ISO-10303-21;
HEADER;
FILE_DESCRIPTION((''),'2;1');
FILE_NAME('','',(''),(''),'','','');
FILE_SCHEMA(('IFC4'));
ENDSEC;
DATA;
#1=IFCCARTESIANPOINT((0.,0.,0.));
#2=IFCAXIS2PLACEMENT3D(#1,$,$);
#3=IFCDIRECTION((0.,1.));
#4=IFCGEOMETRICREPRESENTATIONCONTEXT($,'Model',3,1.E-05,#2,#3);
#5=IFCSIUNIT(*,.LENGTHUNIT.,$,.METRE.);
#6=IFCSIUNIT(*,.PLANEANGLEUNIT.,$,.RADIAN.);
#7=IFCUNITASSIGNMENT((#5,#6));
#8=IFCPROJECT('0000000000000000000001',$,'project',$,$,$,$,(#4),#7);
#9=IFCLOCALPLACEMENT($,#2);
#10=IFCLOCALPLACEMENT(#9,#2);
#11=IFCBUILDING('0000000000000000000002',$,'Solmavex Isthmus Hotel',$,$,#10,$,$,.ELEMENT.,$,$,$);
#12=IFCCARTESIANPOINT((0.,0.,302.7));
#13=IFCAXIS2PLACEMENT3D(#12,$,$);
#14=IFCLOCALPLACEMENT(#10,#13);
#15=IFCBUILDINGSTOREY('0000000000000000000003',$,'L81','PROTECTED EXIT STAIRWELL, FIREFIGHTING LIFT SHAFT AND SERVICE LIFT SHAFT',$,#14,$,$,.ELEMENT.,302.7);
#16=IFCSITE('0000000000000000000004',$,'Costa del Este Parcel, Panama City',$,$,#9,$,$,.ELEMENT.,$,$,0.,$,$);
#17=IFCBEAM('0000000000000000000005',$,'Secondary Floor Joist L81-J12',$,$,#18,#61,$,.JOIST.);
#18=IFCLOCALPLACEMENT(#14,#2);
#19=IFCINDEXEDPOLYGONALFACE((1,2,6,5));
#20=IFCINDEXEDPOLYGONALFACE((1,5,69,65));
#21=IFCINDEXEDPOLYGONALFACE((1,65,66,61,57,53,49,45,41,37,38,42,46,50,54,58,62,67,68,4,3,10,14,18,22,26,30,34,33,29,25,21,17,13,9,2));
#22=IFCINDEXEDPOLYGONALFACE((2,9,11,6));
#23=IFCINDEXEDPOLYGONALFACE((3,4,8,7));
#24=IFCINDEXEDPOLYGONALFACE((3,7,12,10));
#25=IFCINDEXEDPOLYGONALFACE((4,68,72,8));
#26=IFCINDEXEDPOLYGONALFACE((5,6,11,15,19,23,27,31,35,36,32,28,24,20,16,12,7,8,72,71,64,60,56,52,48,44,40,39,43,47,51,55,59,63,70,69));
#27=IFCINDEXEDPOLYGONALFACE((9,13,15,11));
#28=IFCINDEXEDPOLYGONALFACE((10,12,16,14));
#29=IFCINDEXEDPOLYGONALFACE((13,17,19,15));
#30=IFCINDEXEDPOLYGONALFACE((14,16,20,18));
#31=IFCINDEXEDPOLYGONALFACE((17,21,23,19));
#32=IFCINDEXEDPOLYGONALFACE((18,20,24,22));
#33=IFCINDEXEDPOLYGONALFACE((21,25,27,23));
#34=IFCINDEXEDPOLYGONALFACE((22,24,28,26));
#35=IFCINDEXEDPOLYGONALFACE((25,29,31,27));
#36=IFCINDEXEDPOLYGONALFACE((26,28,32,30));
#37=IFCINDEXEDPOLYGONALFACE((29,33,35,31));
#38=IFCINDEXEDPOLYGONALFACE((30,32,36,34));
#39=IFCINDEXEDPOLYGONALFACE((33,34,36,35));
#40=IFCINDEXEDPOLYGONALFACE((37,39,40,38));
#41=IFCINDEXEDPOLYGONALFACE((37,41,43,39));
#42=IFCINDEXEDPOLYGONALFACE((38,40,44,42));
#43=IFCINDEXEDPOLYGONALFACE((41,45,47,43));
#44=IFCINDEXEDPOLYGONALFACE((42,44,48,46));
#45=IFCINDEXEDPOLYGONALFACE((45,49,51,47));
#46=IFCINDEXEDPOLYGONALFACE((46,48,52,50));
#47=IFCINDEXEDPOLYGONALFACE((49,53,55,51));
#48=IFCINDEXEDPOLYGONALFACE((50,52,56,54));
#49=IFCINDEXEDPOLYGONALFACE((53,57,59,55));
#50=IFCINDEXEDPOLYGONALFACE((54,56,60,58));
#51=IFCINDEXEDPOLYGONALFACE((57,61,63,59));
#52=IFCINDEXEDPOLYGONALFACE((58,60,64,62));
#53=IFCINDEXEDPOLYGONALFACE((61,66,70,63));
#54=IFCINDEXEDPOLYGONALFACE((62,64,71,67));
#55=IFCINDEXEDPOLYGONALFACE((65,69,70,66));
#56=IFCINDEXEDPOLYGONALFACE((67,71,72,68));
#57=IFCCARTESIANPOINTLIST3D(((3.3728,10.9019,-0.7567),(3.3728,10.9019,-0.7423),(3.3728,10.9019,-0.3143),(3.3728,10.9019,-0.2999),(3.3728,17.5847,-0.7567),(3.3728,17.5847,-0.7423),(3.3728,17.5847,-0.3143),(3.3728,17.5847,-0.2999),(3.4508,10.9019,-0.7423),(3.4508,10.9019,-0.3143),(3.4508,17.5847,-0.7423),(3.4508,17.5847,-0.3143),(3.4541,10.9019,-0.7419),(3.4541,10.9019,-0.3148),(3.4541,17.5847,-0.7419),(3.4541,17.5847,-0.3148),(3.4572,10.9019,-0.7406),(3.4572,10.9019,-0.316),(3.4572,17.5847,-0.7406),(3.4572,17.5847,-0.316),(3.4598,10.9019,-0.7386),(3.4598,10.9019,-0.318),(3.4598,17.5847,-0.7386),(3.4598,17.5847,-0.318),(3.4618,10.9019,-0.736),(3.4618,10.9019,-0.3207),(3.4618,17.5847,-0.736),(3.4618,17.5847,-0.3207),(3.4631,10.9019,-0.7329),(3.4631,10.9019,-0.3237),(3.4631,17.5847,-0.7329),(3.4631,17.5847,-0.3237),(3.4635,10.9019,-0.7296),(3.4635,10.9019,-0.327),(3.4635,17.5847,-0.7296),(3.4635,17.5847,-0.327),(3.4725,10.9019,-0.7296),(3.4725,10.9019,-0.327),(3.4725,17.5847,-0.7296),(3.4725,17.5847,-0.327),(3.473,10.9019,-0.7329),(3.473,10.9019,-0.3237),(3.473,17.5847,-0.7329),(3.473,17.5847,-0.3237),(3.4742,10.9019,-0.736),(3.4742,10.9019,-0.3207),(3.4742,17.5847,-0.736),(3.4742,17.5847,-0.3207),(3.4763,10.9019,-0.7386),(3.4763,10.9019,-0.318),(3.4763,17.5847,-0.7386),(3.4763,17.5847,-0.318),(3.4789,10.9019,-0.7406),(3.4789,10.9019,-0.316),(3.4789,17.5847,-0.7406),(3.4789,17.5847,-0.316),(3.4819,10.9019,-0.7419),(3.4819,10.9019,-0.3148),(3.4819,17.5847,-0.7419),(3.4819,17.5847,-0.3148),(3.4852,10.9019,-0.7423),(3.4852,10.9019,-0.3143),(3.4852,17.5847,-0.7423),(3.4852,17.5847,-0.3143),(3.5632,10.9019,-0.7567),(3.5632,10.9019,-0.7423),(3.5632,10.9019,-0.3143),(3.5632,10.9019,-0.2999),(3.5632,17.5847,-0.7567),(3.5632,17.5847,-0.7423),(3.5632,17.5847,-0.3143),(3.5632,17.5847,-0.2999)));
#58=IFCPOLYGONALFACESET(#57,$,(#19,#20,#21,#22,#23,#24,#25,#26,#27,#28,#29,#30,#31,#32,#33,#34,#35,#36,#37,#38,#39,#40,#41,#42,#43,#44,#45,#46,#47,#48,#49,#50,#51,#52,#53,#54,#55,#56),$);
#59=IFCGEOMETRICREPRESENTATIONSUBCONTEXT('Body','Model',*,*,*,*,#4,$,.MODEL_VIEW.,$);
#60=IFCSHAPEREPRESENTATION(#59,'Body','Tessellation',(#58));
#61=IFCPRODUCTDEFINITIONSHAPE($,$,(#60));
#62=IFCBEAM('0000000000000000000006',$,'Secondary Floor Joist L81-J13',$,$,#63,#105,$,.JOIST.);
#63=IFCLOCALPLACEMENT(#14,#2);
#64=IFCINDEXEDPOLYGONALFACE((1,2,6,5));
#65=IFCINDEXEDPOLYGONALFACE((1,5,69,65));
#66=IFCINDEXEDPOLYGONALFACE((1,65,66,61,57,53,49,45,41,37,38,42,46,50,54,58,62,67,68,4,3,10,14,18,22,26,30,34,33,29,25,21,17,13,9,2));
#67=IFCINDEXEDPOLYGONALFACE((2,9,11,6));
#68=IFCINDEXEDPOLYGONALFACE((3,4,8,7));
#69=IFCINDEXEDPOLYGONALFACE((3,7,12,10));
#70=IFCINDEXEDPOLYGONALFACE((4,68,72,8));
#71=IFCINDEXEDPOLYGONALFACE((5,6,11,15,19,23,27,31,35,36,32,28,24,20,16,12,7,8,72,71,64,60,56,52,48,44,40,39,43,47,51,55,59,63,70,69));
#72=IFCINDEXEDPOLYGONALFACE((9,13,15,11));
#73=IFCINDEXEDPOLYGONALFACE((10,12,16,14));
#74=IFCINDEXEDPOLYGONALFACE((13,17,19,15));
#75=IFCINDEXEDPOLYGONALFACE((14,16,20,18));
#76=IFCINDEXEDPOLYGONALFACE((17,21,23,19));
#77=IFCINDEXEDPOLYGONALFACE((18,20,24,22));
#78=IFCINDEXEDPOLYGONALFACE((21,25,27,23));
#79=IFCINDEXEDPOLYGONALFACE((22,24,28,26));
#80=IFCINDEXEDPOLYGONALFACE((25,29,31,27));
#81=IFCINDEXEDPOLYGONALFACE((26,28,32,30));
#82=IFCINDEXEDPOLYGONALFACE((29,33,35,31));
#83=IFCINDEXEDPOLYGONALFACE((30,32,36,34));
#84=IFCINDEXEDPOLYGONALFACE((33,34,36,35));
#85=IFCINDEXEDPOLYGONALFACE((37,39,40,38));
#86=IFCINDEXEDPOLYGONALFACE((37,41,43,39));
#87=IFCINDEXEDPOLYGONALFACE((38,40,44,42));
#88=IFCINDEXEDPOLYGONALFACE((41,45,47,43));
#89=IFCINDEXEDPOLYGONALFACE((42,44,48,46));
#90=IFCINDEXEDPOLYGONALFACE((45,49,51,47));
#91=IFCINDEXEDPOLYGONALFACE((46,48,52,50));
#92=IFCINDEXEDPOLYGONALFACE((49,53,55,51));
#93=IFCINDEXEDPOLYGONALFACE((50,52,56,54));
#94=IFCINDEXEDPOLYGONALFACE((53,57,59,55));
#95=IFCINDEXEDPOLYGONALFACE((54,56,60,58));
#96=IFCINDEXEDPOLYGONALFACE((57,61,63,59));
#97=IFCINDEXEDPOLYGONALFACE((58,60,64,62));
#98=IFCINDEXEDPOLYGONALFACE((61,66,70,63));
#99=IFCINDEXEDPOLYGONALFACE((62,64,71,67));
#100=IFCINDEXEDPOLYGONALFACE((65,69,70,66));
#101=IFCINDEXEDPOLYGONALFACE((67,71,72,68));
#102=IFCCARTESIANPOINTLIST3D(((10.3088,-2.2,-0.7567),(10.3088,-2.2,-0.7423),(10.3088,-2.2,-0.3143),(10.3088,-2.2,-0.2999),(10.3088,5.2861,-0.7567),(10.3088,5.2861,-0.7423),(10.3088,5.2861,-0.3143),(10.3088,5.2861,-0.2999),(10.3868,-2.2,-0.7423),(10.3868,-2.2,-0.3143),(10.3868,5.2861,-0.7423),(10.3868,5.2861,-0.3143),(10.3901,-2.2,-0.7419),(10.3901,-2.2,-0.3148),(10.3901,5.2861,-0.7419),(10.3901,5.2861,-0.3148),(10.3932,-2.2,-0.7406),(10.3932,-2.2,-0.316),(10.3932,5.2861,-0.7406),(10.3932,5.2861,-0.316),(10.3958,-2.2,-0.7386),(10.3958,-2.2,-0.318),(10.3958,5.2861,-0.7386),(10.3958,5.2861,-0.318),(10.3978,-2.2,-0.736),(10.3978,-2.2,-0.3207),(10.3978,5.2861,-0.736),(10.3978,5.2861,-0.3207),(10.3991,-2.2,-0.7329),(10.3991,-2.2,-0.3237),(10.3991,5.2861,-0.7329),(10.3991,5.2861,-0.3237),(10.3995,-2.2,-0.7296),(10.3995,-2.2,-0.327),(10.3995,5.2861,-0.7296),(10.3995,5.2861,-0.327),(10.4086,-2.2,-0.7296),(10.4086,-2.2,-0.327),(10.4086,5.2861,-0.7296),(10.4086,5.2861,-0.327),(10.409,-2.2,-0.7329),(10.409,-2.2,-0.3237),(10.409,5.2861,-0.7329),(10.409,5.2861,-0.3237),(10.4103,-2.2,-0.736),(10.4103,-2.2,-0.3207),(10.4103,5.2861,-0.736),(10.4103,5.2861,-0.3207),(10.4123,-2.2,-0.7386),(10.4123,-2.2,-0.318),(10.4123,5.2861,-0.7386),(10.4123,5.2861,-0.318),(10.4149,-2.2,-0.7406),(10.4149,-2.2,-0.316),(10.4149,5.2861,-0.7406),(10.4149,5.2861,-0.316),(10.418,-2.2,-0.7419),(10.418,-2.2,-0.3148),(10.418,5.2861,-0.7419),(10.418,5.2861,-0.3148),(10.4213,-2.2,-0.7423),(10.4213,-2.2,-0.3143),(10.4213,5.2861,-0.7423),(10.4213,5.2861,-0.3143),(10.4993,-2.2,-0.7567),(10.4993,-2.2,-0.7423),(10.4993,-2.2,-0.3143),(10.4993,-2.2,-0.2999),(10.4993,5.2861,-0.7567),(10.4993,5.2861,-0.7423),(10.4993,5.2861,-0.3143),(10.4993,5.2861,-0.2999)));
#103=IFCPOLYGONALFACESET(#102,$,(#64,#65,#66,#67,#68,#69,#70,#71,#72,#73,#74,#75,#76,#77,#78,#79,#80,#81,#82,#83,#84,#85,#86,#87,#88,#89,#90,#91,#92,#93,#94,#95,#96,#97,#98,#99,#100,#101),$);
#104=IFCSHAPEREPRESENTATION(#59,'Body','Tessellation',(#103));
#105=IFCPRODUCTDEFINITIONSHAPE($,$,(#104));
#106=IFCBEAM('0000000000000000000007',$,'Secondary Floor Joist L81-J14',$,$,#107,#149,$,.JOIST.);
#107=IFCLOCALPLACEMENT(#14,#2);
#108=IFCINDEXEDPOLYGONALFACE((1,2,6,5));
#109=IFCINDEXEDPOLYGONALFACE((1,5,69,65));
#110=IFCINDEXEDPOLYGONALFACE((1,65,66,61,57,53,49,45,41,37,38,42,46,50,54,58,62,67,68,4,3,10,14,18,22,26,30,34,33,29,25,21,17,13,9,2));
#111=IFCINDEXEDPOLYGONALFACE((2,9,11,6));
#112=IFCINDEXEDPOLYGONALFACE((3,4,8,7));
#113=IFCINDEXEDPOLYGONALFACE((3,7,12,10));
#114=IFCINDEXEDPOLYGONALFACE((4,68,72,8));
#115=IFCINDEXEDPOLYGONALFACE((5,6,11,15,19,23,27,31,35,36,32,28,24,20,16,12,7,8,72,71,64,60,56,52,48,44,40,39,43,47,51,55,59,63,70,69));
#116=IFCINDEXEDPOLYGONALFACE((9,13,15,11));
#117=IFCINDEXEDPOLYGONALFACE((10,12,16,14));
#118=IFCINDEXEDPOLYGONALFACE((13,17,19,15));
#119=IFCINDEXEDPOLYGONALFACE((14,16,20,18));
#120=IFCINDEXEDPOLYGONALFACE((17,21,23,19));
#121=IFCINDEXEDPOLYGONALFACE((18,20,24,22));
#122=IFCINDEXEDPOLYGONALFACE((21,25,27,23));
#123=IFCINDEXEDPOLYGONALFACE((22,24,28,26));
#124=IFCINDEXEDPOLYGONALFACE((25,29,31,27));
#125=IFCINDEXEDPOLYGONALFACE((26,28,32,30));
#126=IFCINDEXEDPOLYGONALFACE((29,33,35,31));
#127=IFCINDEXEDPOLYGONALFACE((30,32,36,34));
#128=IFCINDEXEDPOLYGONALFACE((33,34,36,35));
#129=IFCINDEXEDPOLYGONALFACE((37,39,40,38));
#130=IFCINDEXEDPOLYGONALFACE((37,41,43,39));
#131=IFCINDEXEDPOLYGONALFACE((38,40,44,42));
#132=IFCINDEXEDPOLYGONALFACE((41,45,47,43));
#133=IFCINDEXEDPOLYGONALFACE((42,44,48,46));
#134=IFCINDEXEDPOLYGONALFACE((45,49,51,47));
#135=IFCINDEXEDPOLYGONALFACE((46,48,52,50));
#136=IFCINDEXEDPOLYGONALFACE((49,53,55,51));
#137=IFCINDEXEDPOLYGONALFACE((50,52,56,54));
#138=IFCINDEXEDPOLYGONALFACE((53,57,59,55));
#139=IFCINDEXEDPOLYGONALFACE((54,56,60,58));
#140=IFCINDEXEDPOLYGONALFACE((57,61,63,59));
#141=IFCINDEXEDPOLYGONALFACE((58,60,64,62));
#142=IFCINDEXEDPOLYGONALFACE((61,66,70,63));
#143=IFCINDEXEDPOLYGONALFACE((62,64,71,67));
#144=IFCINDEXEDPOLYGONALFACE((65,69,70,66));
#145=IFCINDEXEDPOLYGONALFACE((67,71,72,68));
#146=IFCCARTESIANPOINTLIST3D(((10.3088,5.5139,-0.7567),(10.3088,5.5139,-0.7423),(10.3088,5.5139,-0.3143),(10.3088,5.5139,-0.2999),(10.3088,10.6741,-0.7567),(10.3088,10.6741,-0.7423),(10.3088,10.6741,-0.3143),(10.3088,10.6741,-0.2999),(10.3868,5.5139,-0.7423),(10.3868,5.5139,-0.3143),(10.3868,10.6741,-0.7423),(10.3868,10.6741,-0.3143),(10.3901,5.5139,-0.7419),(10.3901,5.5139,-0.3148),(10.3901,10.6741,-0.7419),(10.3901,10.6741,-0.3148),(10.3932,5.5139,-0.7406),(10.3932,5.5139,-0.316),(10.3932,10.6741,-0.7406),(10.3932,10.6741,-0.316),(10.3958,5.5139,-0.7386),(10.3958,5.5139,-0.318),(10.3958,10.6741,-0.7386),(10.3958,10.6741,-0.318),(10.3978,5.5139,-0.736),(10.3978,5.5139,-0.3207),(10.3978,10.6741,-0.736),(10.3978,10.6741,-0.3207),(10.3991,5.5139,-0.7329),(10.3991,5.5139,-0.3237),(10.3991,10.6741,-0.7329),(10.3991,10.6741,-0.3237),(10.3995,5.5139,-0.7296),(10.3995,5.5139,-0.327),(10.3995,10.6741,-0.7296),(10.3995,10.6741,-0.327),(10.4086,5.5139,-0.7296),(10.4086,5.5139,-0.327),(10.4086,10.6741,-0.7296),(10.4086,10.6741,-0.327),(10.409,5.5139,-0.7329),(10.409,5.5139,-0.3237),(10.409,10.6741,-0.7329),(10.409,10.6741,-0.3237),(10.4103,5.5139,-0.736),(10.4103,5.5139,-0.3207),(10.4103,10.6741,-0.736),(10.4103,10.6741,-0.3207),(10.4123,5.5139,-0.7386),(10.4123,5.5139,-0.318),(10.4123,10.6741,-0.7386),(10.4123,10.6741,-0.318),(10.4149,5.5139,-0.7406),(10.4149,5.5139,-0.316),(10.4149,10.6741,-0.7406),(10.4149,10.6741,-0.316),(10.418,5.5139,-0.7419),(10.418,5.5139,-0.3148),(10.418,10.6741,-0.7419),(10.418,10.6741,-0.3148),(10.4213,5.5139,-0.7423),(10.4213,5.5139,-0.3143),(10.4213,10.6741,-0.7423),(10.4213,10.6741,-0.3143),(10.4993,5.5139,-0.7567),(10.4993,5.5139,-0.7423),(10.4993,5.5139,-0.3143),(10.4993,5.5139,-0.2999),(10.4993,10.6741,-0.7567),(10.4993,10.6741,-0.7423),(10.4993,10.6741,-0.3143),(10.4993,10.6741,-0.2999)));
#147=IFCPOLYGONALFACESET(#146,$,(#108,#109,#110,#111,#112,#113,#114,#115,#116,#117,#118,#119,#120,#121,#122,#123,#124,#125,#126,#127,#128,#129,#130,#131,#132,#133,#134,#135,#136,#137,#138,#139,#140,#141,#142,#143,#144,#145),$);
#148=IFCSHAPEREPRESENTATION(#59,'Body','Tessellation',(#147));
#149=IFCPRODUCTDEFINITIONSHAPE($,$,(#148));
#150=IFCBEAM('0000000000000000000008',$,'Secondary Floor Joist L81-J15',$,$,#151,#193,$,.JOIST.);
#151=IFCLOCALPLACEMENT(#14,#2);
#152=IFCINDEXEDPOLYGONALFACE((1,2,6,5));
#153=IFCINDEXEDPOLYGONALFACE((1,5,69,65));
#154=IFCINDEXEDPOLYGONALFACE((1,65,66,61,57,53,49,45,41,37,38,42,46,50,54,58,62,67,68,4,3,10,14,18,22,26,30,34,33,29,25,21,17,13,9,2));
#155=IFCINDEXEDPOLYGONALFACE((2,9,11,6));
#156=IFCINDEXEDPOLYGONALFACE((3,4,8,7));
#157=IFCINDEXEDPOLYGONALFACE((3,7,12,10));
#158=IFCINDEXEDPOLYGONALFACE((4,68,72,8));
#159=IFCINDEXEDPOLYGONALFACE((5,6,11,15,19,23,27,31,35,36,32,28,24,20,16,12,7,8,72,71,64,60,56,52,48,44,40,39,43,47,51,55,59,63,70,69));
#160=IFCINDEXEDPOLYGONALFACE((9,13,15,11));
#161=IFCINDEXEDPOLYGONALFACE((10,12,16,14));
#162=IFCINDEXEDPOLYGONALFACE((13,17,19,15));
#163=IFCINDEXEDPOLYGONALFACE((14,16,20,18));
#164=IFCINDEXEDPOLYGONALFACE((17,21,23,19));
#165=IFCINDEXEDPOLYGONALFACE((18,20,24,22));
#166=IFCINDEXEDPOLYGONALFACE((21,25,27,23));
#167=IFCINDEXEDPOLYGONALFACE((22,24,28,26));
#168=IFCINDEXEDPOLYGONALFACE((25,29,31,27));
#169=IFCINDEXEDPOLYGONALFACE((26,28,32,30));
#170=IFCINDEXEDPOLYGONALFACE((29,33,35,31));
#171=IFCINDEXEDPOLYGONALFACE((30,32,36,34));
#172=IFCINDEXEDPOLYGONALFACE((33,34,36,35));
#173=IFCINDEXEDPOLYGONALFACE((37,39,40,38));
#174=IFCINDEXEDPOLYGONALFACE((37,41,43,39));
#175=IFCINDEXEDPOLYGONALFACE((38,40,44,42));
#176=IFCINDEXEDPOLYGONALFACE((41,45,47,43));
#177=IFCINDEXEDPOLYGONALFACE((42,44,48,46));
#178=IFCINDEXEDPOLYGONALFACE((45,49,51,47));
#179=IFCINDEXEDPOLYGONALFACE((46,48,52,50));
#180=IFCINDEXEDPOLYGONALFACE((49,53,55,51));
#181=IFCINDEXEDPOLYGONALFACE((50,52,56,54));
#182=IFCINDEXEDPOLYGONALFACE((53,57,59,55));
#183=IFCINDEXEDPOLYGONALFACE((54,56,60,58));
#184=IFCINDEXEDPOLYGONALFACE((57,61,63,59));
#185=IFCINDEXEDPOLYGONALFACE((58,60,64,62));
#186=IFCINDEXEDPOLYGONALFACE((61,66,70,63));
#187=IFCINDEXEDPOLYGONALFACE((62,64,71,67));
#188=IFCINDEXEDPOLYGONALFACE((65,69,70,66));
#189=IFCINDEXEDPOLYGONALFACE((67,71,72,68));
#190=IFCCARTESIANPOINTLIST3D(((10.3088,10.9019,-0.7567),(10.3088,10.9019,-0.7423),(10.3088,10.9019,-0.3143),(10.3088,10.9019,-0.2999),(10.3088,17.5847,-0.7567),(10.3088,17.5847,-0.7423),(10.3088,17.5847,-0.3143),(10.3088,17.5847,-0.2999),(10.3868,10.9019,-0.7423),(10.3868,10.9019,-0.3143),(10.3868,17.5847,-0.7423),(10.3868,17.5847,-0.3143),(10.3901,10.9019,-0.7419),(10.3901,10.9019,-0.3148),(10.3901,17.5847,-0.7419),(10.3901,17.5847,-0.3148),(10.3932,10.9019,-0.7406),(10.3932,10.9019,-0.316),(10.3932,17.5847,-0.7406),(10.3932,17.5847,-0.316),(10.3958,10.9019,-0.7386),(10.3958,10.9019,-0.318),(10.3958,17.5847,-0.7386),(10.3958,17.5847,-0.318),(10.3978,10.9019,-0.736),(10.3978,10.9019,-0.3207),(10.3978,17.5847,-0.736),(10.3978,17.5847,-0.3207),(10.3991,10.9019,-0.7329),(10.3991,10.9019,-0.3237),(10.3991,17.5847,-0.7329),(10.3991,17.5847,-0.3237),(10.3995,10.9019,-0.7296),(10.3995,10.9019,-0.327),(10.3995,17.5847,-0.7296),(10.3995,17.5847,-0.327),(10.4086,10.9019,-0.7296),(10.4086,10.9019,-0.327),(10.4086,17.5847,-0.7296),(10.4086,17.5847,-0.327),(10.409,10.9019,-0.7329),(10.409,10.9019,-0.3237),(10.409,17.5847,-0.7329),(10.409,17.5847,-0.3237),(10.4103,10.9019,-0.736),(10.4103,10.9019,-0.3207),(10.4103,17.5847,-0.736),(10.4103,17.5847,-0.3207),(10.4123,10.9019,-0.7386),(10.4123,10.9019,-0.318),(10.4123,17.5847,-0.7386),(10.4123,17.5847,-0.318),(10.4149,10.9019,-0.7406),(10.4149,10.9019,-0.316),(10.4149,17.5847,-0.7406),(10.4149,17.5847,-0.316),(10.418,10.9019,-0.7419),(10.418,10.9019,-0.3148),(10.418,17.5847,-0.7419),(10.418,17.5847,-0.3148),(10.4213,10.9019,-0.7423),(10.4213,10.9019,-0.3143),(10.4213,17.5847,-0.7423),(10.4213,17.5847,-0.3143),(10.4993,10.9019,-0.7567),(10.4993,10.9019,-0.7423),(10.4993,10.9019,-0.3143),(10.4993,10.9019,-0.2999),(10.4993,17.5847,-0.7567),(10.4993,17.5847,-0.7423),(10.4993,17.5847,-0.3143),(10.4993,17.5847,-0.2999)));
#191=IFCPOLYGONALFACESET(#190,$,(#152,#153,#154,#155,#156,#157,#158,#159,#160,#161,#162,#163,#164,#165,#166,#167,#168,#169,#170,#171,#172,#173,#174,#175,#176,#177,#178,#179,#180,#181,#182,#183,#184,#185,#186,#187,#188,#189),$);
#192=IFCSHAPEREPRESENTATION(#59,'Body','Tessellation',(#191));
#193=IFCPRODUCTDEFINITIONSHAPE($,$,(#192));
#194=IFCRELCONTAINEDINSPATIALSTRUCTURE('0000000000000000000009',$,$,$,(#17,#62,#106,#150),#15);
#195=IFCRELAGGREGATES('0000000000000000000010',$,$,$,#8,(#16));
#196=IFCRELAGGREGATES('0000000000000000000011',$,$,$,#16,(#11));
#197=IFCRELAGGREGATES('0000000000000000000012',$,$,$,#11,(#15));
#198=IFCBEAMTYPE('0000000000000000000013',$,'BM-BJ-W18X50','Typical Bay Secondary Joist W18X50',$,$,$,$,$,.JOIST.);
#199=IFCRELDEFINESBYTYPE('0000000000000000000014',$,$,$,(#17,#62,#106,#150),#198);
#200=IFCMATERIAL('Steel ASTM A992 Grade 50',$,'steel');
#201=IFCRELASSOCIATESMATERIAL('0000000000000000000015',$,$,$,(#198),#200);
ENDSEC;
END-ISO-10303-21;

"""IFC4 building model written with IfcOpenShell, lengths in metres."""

from ifc_helpers import new_model, si_unit, direction, frame, origin, origin_2d, place, context, subcontext, project, spatial, i_section, extrude, material, material_profile, profile_set, type_object, element, save


model = new_model("IFC4")

# Units and contexts
model_context = context("Model", 3, precision=1e-05, world=origin(), true_north=direction((0.0, 1.0)))
body_context = subcontext(model_context, "Body", "Model", "MODEL_VIEW")
ifc_project = project(units=[si_unit("LENGTHUNIT", "METRE"), si_unit("PLANEANGLEUNIT", "RADIAN")], contexts=[model_context])

# Site, building, storey
site_placement = place(None, origin())
site = spatial("IfcSite", under=ifc_project, at=site_placement, Name="Costa del Este Parcel, Panama City", CompositionType="ELEMENT", RefElevation=0.0)
building_placement = place(site_placement, origin())
building = spatial("IfcBuilding", under=site, at=building_placement, Name="Solmavex Isthmus Hotel", CompositionType="ELEMENT")
storey_placement = place(building_placement, frame((0.0, 0.0, 302.7)))
storey = spatial("IfcBuildingStorey", under=building, at=storey_placement, Name="L81", Description="PROTECTED EXIT STAIRWELL, FIREFIGHTING LIFT SHAFT AND SERVICE LIFT SHAFT", CompositionType="ELEMENT", Elevation=302.7)

# Beams
ifc_material_1 = material(Name="Steel ASTM A992 Grade 50", Category="steel")
ifc_material_profile_1 = material_profile(ifc_material_1, i_section(OverallWidth=0.1904, OverallDepth=0.4568, WebThickness=0.009, FlangeThickness=0.0144, FilletRadius=0.0127, at=origin_2d()), Name="W18X50")
ifc_profile_set_1 = profile_set([ifc_material_profile_1], Name="Steel ASTM A992 Grade 50")
beam_type_1 = type_object("IfcBeamType", Name="BM-BJ-W18X50", Description="Typical Bay Secondary Joist W18X50", PredefinedType="JOIST", material=ifc_profile_set_1)
beam_1_placement = place(storey_placement, frame((3.468, 10.9019, -0.5283), z_axis=(0.0, 1.0, 0.0), x_axis=(-1.0, 0.0, 0.0)))
element("IfcBeam", 1, at=beam_1_placement, inside=storey, type_object=beam_type_1, Name="Secondary Floor Joist L81-J12", PredefinedType="JOIST", context=body_context, shape_type="SweptSolid", body=[
    extrude(i_section(OverallWidth=0.1904, OverallDepth=0.4568, WebThickness=0.009, FlangeThickness=0.0144, FilletRadius=0.0127, at=origin_2d()), origin(), (0.0, 0.0, 1.0), 6.6829),
])
beam_2_placement = place(storey_placement, frame((10.4041, -2.2, -0.5283), z_axis=(0.0, 1.0, 0.0), x_axis=(-1.0, 0.0, 0.0)))
element("IfcBeam", 2, at=beam_2_placement, inside=storey, type_object=beam_type_1, Name="Secondary Floor Joist L81-J13", PredefinedType="JOIST", context=body_context, shape_type="SweptSolid", body=[
    extrude(i_section(OverallWidth=0.1904, OverallDepth=0.4568, WebThickness=0.009, FlangeThickness=0.0144, FilletRadius=0.0127, at=origin_2d()), origin(), (0.0, 0.0, 1.0), 7.4861),
])
beam_3_placement = place(storey_placement, frame((10.4041, 5.5139, -0.5283), z_axis=(0.0, 1.0, 0.0), x_axis=(-1.0, 0.0, 0.0)))
element("IfcBeam", 3, at=beam_3_placement, inside=storey, type_object=beam_type_1, Name="Secondary Floor Joist L81-J14", PredefinedType="JOIST", context=body_context, shape_type="SweptSolid", body=[
    extrude(i_section(OverallWidth=0.1904, OverallDepth=0.4568, WebThickness=0.009, FlangeThickness=0.0144, FilletRadius=0.0127, at=origin_2d()), origin(), (0.0, 0.0, 1.0), 5.1602),
])
beam_4_placement = place(storey_placement, frame((10.4041, 10.9019, -0.5283), z_axis=(0.0, 1.0, 0.0), x_axis=(-1.0, 0.0, 0.0)))
element("IfcBeam", 4, at=beam_4_placement, inside=storey, type_object=beam_type_1, Name="Secondary Floor Joist L81-J15", PredefinedType="JOIST", context=body_context, shape_type="SweptSolid", body=[
    extrude(i_section(OverallWidth=0.1904, OverallDepth=0.4568, WebThickness=0.009, FlangeThickness=0.0144, FilletRadius=0.0127, at=origin_2d()), origin(), (0.0, 0.0, 1.0), 6.6829),
])

save(model, "model.ifc")
